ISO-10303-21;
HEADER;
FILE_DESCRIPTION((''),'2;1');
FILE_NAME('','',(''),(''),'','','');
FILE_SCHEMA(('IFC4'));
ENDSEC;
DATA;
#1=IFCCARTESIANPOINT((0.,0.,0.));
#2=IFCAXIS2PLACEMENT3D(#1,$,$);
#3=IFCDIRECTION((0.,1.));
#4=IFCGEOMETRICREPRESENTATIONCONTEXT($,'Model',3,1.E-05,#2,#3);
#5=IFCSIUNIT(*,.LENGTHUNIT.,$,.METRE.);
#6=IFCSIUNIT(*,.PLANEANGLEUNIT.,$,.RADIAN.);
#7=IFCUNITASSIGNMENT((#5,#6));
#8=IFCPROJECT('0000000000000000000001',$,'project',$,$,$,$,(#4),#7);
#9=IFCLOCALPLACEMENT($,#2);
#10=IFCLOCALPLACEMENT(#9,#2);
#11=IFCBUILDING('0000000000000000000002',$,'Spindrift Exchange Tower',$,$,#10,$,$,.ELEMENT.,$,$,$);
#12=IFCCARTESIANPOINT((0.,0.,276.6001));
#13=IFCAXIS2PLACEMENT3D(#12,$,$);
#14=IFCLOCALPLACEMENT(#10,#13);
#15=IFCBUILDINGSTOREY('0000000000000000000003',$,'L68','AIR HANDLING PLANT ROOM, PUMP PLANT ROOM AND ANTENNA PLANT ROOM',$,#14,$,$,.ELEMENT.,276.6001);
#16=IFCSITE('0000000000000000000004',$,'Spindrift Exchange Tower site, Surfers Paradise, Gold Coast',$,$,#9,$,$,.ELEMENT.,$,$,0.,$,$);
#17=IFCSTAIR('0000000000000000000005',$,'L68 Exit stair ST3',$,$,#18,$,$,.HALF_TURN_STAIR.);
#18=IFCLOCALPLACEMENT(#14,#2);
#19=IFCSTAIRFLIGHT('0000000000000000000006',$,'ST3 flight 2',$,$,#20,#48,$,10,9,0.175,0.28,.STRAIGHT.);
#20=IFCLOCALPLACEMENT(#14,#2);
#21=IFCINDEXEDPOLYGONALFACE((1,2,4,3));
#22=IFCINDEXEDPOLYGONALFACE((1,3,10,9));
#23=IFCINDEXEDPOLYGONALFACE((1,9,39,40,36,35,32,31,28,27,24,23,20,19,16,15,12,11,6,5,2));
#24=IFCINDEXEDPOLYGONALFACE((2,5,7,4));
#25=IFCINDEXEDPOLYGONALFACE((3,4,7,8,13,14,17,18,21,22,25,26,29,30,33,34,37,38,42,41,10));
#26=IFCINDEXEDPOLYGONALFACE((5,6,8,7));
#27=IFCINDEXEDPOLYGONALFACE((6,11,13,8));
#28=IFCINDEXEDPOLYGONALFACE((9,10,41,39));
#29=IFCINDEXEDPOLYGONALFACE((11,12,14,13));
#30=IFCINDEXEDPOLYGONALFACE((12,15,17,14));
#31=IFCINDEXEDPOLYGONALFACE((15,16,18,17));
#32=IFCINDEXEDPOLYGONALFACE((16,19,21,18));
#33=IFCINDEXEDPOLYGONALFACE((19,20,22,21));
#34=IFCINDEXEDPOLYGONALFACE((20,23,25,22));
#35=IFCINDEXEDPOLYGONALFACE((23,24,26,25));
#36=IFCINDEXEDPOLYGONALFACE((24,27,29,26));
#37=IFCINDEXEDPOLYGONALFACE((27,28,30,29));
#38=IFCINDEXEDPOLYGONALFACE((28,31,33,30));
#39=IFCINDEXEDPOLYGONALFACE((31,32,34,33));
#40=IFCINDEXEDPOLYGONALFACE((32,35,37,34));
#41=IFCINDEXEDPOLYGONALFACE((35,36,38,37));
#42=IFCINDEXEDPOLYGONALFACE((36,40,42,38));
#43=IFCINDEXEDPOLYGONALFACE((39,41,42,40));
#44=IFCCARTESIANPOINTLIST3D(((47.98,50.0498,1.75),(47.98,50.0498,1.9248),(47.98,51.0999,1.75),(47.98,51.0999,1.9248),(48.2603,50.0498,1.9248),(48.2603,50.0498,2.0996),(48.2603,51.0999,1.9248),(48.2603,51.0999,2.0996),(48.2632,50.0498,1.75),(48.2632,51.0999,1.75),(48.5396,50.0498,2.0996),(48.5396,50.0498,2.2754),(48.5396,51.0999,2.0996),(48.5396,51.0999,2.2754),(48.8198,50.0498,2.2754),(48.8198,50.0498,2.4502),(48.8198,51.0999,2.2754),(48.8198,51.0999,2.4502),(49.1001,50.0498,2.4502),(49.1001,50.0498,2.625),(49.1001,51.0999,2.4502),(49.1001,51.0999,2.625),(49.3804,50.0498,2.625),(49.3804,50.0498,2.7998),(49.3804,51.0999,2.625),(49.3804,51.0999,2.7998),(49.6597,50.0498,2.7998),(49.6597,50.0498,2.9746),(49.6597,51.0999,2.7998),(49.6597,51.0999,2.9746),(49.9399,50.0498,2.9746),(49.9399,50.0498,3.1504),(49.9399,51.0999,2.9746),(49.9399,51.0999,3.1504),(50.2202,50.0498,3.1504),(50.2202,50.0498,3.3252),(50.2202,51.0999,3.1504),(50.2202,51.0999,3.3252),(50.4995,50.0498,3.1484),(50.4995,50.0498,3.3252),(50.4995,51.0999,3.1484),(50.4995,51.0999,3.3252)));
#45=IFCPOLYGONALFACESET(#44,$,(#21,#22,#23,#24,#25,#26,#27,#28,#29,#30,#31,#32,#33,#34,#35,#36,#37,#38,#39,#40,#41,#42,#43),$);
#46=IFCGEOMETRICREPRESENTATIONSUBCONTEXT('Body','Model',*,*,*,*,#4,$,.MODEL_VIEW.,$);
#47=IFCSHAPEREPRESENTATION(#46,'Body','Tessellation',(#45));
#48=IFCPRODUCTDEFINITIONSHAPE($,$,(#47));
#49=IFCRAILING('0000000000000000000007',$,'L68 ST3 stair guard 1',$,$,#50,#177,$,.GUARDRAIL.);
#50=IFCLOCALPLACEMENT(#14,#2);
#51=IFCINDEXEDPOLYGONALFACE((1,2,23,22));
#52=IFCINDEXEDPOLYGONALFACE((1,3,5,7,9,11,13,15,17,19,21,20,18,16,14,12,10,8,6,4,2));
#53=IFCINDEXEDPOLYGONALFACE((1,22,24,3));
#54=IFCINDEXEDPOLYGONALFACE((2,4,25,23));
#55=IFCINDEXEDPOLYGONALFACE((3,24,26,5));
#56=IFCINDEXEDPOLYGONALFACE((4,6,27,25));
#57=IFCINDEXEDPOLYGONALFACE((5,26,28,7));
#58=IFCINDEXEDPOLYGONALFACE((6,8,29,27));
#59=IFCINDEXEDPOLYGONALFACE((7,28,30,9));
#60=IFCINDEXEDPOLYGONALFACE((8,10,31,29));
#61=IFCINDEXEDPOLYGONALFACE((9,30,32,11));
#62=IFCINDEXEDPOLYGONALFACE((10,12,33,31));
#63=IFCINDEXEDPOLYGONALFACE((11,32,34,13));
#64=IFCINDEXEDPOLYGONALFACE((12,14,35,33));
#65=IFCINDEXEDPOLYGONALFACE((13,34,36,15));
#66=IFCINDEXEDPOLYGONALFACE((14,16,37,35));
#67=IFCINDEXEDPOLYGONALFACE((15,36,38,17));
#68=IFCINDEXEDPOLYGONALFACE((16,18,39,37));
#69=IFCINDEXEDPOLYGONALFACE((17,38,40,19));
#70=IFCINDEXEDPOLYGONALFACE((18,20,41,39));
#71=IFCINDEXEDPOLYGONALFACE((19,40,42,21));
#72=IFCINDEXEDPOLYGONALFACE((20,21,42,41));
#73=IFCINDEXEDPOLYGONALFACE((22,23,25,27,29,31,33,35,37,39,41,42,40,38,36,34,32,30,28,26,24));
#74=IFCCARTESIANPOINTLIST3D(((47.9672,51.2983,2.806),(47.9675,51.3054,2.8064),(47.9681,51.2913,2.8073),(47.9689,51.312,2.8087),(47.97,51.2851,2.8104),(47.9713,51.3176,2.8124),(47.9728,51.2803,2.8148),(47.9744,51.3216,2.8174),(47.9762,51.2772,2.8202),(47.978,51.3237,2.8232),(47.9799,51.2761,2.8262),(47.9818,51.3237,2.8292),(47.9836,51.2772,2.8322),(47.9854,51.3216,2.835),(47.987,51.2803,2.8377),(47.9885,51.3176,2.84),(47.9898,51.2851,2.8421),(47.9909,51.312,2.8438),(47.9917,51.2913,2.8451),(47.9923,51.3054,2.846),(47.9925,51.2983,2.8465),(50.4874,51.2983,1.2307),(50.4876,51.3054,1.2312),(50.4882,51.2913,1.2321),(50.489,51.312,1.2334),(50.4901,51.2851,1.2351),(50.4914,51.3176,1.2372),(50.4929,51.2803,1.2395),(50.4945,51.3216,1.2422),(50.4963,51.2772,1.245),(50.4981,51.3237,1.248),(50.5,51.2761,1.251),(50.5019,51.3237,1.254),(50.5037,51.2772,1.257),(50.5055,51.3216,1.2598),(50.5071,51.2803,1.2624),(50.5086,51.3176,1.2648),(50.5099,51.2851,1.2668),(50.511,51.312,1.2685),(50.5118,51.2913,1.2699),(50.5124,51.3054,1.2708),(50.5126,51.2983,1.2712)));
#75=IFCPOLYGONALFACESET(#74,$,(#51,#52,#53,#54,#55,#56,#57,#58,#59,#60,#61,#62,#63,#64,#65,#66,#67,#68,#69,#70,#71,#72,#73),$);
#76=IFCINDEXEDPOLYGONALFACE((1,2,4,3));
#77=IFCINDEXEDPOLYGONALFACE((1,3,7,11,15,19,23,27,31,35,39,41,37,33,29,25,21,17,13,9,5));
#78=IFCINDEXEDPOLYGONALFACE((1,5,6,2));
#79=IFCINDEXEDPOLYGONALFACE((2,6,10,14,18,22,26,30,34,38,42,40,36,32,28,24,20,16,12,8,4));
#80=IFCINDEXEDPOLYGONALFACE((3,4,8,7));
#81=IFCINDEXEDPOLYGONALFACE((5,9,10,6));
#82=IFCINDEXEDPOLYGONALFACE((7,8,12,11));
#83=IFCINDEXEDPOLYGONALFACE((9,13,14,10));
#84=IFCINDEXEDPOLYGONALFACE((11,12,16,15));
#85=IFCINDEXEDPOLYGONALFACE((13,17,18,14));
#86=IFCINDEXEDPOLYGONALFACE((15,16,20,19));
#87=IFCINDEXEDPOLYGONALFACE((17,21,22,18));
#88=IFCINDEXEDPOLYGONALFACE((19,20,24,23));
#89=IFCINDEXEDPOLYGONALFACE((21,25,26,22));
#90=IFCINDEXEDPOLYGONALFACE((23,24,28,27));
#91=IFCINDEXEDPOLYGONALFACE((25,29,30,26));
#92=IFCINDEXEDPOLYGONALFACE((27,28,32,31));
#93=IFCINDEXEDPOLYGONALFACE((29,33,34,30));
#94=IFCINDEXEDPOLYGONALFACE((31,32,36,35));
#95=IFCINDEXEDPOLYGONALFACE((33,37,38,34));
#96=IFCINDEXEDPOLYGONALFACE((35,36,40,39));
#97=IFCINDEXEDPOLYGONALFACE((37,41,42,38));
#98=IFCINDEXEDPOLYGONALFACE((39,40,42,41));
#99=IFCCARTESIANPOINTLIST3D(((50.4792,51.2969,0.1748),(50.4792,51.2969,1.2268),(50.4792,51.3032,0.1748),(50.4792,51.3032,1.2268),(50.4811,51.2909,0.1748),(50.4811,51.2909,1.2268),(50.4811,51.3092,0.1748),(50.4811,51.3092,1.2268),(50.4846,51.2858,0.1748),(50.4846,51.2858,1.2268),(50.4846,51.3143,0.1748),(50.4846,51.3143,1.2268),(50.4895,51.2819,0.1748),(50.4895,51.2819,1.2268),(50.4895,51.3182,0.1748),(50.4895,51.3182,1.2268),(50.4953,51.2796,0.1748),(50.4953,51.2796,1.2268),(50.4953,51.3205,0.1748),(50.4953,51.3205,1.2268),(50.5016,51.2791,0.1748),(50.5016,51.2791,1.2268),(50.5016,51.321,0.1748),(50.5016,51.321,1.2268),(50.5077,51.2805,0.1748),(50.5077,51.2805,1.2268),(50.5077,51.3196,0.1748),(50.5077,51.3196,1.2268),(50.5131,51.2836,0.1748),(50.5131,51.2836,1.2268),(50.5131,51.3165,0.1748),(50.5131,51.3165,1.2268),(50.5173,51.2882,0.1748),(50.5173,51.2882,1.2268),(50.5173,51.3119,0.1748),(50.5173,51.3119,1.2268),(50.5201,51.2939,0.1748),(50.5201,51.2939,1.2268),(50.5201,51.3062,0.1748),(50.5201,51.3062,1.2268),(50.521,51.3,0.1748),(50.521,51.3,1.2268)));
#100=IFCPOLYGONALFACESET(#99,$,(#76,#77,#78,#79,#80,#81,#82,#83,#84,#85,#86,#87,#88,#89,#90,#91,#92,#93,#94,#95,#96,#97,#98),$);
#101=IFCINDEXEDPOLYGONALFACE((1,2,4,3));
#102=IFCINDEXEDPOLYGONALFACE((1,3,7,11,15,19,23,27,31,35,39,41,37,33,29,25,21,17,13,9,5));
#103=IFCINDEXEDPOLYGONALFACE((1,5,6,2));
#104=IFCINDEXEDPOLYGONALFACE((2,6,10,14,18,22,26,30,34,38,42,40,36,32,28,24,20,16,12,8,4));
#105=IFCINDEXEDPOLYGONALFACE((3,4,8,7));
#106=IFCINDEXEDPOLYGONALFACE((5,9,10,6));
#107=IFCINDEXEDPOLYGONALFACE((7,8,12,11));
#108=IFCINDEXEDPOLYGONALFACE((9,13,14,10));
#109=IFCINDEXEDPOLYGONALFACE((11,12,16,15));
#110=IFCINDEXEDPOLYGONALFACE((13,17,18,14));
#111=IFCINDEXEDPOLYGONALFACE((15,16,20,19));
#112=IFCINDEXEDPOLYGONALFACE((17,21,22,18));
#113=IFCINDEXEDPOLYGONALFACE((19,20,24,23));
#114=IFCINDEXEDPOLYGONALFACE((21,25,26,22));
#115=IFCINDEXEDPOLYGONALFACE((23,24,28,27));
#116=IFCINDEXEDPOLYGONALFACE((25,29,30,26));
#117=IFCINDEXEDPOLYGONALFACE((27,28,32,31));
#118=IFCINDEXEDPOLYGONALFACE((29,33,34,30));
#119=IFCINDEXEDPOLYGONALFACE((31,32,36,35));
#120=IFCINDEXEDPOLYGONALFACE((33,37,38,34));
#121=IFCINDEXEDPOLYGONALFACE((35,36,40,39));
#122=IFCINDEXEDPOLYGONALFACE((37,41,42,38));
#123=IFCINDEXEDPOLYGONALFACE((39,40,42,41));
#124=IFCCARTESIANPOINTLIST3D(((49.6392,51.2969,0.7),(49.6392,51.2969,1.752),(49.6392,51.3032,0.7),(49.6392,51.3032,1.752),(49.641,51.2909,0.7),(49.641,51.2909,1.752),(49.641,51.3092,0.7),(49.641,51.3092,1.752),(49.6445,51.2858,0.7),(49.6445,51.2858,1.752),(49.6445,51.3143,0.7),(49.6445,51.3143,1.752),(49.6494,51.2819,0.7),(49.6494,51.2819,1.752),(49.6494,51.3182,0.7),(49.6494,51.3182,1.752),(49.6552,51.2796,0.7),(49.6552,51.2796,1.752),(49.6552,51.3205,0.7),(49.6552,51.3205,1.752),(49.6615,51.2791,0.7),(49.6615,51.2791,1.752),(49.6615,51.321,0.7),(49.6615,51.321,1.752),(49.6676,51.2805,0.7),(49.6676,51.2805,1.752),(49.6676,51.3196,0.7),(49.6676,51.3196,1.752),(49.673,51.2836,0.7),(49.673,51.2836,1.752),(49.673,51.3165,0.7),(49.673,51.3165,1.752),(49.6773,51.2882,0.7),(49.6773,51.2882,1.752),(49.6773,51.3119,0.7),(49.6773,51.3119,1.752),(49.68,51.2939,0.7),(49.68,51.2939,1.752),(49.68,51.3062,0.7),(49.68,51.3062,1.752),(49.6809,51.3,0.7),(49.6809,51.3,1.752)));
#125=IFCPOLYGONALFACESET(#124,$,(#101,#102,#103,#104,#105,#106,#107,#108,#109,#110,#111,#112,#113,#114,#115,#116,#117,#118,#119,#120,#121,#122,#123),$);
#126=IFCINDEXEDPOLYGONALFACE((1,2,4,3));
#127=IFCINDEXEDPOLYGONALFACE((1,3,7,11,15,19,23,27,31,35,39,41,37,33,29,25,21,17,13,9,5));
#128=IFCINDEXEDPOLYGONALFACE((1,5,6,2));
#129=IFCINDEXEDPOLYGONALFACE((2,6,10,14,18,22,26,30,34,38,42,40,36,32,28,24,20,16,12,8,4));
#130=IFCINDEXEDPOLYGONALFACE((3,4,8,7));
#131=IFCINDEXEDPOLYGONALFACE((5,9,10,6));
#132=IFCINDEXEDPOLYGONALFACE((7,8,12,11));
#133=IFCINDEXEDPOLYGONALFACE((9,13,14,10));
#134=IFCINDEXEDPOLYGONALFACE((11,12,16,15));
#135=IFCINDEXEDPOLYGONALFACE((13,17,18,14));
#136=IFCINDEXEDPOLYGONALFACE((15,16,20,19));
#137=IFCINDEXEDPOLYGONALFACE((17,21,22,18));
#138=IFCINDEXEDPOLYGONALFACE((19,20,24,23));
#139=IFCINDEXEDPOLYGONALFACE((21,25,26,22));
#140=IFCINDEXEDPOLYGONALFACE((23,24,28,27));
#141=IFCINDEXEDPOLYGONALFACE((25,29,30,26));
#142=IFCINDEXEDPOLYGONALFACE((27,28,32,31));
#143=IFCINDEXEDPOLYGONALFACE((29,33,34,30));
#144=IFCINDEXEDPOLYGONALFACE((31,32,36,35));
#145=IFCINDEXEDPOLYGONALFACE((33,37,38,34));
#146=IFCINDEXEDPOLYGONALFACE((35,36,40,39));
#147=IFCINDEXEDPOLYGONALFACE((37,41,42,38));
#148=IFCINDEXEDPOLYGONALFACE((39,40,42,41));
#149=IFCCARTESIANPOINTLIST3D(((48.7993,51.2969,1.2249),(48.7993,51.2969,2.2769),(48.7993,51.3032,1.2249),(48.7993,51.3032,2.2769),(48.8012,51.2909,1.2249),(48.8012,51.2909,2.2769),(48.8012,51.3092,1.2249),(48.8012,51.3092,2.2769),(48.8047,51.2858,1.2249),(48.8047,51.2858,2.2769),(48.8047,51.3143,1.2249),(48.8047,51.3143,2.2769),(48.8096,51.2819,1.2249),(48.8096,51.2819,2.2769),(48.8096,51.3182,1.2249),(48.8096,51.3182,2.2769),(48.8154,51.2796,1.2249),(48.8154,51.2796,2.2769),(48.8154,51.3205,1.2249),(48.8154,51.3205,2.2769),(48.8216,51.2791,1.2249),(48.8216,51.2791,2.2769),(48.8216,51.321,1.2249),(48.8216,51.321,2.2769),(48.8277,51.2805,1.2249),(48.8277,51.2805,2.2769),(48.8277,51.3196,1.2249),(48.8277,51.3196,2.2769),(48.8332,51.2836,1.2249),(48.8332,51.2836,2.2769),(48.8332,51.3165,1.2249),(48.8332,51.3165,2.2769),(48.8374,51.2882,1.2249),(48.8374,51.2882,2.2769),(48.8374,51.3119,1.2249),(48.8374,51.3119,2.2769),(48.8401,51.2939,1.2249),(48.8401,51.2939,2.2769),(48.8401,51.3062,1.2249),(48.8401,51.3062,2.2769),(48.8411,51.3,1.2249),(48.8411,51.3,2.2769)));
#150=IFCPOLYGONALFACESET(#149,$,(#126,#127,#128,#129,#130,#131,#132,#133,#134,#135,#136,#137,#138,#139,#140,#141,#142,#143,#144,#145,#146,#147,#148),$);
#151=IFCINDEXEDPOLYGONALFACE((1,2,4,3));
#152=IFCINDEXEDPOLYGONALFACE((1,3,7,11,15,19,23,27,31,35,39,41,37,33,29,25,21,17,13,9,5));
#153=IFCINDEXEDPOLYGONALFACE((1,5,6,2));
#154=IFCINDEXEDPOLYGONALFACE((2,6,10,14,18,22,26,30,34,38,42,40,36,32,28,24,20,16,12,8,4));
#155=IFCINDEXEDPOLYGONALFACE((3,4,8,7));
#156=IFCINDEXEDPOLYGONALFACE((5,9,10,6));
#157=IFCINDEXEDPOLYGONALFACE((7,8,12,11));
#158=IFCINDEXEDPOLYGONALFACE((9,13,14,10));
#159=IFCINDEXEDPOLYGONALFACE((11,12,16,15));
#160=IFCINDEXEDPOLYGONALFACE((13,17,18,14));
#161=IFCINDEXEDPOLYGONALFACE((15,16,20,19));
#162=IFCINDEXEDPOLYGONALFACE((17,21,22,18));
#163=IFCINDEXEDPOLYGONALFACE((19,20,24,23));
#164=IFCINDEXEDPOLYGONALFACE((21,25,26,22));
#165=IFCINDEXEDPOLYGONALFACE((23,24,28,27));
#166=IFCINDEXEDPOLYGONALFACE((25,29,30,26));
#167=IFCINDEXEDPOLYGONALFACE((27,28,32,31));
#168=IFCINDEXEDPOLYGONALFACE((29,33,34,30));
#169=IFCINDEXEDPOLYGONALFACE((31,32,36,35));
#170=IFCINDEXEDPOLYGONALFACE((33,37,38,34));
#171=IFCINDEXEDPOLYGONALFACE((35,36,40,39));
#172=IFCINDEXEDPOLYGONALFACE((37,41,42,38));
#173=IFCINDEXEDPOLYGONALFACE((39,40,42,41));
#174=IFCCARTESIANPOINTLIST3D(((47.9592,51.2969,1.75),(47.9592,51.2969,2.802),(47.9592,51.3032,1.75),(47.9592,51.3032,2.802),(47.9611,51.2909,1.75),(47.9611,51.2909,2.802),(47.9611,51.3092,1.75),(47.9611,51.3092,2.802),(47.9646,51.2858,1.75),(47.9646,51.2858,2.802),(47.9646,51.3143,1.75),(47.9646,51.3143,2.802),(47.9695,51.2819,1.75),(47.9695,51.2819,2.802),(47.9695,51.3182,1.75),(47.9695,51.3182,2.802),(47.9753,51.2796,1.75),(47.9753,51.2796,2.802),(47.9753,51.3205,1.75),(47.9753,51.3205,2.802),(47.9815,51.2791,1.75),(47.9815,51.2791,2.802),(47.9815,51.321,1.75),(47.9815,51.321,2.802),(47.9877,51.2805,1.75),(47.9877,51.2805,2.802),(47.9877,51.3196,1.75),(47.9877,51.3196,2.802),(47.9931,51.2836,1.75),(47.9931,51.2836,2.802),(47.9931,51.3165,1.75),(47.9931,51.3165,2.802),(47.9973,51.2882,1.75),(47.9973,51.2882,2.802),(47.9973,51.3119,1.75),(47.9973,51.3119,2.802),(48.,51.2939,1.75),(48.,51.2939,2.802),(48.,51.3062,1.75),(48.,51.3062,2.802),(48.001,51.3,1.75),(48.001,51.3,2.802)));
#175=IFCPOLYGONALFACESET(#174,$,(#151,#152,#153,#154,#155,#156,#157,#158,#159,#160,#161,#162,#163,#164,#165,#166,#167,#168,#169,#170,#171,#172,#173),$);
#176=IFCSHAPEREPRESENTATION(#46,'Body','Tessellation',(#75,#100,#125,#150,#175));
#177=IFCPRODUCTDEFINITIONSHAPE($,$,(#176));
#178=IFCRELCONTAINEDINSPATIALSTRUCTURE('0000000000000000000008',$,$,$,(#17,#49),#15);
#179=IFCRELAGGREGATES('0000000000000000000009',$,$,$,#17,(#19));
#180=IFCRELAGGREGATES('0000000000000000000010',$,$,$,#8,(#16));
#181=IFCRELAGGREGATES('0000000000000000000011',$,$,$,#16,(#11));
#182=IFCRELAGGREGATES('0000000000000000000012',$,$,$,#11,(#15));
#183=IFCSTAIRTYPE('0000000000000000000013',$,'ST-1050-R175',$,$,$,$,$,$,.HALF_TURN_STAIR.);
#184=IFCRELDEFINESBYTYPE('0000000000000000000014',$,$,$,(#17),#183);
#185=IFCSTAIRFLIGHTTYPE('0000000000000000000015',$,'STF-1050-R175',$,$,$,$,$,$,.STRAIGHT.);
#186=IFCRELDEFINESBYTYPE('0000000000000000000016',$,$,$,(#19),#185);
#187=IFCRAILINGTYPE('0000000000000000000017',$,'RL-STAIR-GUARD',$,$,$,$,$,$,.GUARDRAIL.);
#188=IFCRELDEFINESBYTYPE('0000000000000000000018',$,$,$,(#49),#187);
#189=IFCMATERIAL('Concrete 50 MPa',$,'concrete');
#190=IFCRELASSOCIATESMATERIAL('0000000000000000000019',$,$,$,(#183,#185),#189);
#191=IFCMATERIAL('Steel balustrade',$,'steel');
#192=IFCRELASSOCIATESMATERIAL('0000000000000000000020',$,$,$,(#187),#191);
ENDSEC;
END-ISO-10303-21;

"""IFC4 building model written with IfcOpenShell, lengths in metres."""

from ifc_helpers import new_model, si_unit, direction, frame, origin, origin_2d, place, context, subcontext, project, spatial, line, indexed_curve, circle, outline, extrude, material, type_object, element, aggregate, save


model = new_model("IFC4")

# Units and contexts
model_context = context("Model", 3, precision=1e-05, world=origin(), true_north=direction((0.0, 1.0)))
body_context = subcontext(model_context, "Body", "Model", "MODEL_VIEW")
ifc_project = project(units=[si_unit("LENGTHUNIT", "METRE"), si_unit("PLANEANGLEUNIT", "RADIAN")], contexts=[model_context])

# Site, building, storey
site_placement = place(None, origin())
site = spatial("IfcSite", under=ifc_project, at=site_placement, Name="Spindrift Exchange Tower site, Surfers Paradise, Gold Coast", CompositionType="ELEMENT", RefElevation=0.0)
building_placement = place(site_placement, origin())
building = spatial("IfcBuilding", under=site, at=building_placement, Name="Spindrift Exchange Tower", CompositionType="ELEMENT")
storey_placement = place(building_placement, frame((0.0, 0.0, 276.6001)))
storey = spatial("IfcBuildingStorey", under=building, at=storey_placement, Name="L68", Description="AIR HANDLING PLANT ROOM, PUMP PLANT ROOM AND ANTENNA PLANT ROOM", CompositionType="ELEMENT", Elevation=276.6001)

# Stair, stair flight
ifc_material_1 = material(Name="Concrete 50 MPa", Category="concrete")
stair_type = type_object("IfcStairType", Name="ST-1050-R175", PredefinedType="HALF_TURN_STAIR", material=ifc_material_1)
stair_placement = place(storey_placement, origin())
stair = element("IfcStair", 1, at=stair_placement, inside=storey, type_object=stair_type, Name="L68 Exit stair ST3", PredefinedType="HALF_TURN_STAIR")
stair_flight_type = type_object("IfcStairFlightType", Name="STF-1050-R175", PredefinedType="STRAIGHT", material=ifc_material_1)
stair_flight_1_placement = place(storey_placement, frame((47.98, 50.575, 1.75), z_axis=(0.0, 0.0, 1.0), x_axis=(1.0, 0.0, 0.0)))
stair_flight_1 = element("IfcStairFlight", 2, at=stair_flight_1_placement, type_object=stair_flight_type, Name="ST3 flight 2", NumberOfRisers=10, NumberOfTreads=9, PredefinedType="STRAIGHT", RiserHeight=0.175, TreadLength=0.28, context=body_context, shape_type="SweptSolid", body=[
    extrude(outline(indexed_curve([(0.0, 0.0), (0.0, 0.1748), (0.2803, 0.1748), (0.2803, 0.3496), (0.5596, 0.3496), (0.5596, 0.5254), (0.8398, 0.5254), (0.8398, 0.7002), (1.1201, 0.7002), (1.1201, 0.875), (1.4004, 0.875), (1.4004, 1.0498), (1.6797, 1.0498), (1.6797, 1.2246), (1.96, 1.2246), (1.96, 1.4004), (2.2402, 1.4004), (2.2402, 1.5752), (2.5195, 1.5752), (2.5195, 1.75), (2.5195, 1.3984), (0.2832, 0.0)], segments=[line(1, 2, 3, 4, 5, 6, 7, 8, 9, 10, 11, 12, 13, 14, 15, 16, 17, 18, 19, 20, 21, 22, 1)], self_intersect=False)), frame((0.0, 0.5249, 0.0), z_axis=(0.0, -1.0, 0.0), x_axis=(1.0, 0.0, 0.0)), (0.0, 0.0, 1.0), 1.05),
])
aggregate(stair, [stair_flight_1])

# Railing
ifc_material_2 = material(Name="Steel balustrade", Category="steel")
railing_type_1 = type_object("IfcRailingType", Name="RL-STAIR-GUARD", PredefinedType="GUARDRAIL", material=ifc_material_2)
railing_1_placement = place(storey_placement, frame((50.5, 51.3, 0.1748)))
element("IfcRailing", 3, at=railing_1_placement, inside=storey, type_object=railing_type_1, Name="L68 ST3 stair guard 1", PredefinedType="GUARDRAIL", context=body_context, shape_type="SweptSolid", body=[
    extrude(circle(Radius=0.0239, at=origin_2d()), frame((0.0, 0.0, 1.0762), z_axis=(-0.847971, 0.0, 0.530043), x_axis=(0.0, -1.0, 0.0)), (0.0, 0.0, 1.0), 2.9719),
    extrude(circle(Radius=0.021, at=origin_2d()), origin(), (0.0, 0.0, 1.0), 1.052),
    extrude(circle(Radius=0.021, at=origin_2d()), frame((-0.8401, 0.0, 0.5251)), (0.0, 0.0, 1.0), 1.052),
    extrude(circle(Radius=0.021, at=origin_2d()), frame((-1.6799, 0.0, 1.05)), (0.0, 0.0, 1.0), 1.052),
    extrude(circle(Radius=0.021, at=origin_2d()), frame((-2.52, 0.0, 1.5752)), (0.0, 0.0, 1.0), 1.052),
])

save(model, "model.ifc")
